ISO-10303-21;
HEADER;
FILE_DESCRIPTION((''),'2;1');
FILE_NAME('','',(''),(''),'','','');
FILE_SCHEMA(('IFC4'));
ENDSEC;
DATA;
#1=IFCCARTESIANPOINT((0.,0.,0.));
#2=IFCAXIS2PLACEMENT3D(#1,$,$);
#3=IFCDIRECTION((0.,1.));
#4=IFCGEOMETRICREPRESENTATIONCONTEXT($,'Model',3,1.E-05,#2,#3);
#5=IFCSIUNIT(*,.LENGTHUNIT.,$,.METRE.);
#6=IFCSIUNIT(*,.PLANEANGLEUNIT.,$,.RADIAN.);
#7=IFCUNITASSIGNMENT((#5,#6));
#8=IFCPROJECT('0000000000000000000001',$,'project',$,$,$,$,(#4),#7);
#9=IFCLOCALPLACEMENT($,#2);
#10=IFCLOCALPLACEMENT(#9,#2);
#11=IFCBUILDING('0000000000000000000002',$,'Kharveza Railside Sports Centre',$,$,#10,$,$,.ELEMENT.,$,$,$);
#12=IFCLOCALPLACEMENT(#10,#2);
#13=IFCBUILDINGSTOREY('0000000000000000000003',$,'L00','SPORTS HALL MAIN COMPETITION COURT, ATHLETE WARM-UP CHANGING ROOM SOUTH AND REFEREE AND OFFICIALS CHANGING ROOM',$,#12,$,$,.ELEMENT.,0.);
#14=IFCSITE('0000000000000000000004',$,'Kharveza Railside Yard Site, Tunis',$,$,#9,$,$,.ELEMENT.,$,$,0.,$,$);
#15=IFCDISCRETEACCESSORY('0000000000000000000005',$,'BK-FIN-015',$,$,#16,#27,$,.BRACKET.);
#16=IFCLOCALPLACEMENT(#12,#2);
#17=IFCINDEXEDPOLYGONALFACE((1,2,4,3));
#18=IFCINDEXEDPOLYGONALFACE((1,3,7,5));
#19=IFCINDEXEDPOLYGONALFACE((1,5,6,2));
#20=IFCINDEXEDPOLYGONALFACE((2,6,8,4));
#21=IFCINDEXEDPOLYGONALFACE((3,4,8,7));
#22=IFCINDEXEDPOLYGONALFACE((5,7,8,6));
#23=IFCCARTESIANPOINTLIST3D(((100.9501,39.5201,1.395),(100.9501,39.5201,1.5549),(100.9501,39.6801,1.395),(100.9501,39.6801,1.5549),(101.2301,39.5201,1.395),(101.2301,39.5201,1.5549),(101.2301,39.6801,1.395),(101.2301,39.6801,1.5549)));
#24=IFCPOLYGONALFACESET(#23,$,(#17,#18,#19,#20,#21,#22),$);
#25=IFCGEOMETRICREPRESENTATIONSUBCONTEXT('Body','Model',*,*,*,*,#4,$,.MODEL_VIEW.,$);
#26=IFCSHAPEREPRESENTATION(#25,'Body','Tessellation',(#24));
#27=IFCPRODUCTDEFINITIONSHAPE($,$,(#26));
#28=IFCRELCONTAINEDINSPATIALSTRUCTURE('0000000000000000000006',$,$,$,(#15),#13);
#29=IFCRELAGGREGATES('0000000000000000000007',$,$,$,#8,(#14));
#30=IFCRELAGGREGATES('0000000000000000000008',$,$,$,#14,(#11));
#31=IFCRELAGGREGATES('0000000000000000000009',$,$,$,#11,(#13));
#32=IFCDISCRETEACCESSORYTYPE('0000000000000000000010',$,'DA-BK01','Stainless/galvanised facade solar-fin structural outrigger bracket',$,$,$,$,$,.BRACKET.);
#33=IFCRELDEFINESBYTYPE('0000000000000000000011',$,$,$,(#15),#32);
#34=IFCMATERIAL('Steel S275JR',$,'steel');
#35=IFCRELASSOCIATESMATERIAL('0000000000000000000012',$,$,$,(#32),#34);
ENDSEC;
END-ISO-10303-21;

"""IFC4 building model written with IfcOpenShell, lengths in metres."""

from ifc_helpers import new_model, si_unit, direction, frame, origin, origin_2d, place, context, subcontext, project, spatial, rectangle, extrude, material, type_object, element, save


model = new_model("IFC4")

# Units and contexts
model_context = context("Model", 3, precision=1e-05, world=origin(), true_north=direction((0.0, 1.0)))
body_context = subcontext(model_context, "Body", "Model", "MODEL_VIEW")
ifc_project = project(units=[si_unit("LENGTHUNIT", "METRE"), si_unit("PLANEANGLEUNIT", "RADIAN")], contexts=[model_context])

# Site, building, storey
site_placement = place(None, origin())
site = spatial("IfcSite", under=ifc_project, at=site_placement, Name="Kharveza Railside Yard Site, Tunis", CompositionType="ELEMENT", RefElevation=0.0)
building_placement = place(site_placement, origin())
building = spatial("IfcBuilding", under=site, at=building_placement, Name="Kharveza Railside Sports Centre", CompositionType="ELEMENT")
storey_placement = place(building_placement, origin())
storey = spatial("IfcBuildingStorey", under=building, at=storey_placement, Name="L00", Description="SPORTS HALL MAIN COMPETITION COURT, ATHLETE WARM-UP CHANGING ROOM SOUTH AND REFEREE AND OFFICIALS CHANGING ROOM", CompositionType="ELEMENT", Elevation=0.0)

# Discrete accessory
ifc_material_1 = material(Name="Steel S275JR", Category="steel")
discrete_accessory_type = type_object("IfcDiscreteAccessoryType", Name="DA-BK01", Description="Stainless/galvanised facade solar-fin structural outrigger bracket", PredefinedType="BRACKET", material=ifc_material_1)
for number, where, z_axis, x_axis, name in (
    (1, (101.0901, 39.6001, 1.395), (0.0, 0.0, 1.0), (1.0, 0.0, 0.0), "BK-FIN-015"),
):
    element("IfcDiscreteAccessory", number, at=place(storey_placement, frame(where, z_axis=z_axis, x_axis=x_axis)), inside=storey, type_object=discrete_accessory_type, Name=name, PredefinedType="BRACKET", context=body_context, shape_type="SweptSolid", body=[
        extrude(rectangle(XDim=0.28, YDim=0.1599, at=origin_2d()), origin(), (0.0, 0.0, 1.0), 0.1599),
    ])

save(model, "model.ifc")
